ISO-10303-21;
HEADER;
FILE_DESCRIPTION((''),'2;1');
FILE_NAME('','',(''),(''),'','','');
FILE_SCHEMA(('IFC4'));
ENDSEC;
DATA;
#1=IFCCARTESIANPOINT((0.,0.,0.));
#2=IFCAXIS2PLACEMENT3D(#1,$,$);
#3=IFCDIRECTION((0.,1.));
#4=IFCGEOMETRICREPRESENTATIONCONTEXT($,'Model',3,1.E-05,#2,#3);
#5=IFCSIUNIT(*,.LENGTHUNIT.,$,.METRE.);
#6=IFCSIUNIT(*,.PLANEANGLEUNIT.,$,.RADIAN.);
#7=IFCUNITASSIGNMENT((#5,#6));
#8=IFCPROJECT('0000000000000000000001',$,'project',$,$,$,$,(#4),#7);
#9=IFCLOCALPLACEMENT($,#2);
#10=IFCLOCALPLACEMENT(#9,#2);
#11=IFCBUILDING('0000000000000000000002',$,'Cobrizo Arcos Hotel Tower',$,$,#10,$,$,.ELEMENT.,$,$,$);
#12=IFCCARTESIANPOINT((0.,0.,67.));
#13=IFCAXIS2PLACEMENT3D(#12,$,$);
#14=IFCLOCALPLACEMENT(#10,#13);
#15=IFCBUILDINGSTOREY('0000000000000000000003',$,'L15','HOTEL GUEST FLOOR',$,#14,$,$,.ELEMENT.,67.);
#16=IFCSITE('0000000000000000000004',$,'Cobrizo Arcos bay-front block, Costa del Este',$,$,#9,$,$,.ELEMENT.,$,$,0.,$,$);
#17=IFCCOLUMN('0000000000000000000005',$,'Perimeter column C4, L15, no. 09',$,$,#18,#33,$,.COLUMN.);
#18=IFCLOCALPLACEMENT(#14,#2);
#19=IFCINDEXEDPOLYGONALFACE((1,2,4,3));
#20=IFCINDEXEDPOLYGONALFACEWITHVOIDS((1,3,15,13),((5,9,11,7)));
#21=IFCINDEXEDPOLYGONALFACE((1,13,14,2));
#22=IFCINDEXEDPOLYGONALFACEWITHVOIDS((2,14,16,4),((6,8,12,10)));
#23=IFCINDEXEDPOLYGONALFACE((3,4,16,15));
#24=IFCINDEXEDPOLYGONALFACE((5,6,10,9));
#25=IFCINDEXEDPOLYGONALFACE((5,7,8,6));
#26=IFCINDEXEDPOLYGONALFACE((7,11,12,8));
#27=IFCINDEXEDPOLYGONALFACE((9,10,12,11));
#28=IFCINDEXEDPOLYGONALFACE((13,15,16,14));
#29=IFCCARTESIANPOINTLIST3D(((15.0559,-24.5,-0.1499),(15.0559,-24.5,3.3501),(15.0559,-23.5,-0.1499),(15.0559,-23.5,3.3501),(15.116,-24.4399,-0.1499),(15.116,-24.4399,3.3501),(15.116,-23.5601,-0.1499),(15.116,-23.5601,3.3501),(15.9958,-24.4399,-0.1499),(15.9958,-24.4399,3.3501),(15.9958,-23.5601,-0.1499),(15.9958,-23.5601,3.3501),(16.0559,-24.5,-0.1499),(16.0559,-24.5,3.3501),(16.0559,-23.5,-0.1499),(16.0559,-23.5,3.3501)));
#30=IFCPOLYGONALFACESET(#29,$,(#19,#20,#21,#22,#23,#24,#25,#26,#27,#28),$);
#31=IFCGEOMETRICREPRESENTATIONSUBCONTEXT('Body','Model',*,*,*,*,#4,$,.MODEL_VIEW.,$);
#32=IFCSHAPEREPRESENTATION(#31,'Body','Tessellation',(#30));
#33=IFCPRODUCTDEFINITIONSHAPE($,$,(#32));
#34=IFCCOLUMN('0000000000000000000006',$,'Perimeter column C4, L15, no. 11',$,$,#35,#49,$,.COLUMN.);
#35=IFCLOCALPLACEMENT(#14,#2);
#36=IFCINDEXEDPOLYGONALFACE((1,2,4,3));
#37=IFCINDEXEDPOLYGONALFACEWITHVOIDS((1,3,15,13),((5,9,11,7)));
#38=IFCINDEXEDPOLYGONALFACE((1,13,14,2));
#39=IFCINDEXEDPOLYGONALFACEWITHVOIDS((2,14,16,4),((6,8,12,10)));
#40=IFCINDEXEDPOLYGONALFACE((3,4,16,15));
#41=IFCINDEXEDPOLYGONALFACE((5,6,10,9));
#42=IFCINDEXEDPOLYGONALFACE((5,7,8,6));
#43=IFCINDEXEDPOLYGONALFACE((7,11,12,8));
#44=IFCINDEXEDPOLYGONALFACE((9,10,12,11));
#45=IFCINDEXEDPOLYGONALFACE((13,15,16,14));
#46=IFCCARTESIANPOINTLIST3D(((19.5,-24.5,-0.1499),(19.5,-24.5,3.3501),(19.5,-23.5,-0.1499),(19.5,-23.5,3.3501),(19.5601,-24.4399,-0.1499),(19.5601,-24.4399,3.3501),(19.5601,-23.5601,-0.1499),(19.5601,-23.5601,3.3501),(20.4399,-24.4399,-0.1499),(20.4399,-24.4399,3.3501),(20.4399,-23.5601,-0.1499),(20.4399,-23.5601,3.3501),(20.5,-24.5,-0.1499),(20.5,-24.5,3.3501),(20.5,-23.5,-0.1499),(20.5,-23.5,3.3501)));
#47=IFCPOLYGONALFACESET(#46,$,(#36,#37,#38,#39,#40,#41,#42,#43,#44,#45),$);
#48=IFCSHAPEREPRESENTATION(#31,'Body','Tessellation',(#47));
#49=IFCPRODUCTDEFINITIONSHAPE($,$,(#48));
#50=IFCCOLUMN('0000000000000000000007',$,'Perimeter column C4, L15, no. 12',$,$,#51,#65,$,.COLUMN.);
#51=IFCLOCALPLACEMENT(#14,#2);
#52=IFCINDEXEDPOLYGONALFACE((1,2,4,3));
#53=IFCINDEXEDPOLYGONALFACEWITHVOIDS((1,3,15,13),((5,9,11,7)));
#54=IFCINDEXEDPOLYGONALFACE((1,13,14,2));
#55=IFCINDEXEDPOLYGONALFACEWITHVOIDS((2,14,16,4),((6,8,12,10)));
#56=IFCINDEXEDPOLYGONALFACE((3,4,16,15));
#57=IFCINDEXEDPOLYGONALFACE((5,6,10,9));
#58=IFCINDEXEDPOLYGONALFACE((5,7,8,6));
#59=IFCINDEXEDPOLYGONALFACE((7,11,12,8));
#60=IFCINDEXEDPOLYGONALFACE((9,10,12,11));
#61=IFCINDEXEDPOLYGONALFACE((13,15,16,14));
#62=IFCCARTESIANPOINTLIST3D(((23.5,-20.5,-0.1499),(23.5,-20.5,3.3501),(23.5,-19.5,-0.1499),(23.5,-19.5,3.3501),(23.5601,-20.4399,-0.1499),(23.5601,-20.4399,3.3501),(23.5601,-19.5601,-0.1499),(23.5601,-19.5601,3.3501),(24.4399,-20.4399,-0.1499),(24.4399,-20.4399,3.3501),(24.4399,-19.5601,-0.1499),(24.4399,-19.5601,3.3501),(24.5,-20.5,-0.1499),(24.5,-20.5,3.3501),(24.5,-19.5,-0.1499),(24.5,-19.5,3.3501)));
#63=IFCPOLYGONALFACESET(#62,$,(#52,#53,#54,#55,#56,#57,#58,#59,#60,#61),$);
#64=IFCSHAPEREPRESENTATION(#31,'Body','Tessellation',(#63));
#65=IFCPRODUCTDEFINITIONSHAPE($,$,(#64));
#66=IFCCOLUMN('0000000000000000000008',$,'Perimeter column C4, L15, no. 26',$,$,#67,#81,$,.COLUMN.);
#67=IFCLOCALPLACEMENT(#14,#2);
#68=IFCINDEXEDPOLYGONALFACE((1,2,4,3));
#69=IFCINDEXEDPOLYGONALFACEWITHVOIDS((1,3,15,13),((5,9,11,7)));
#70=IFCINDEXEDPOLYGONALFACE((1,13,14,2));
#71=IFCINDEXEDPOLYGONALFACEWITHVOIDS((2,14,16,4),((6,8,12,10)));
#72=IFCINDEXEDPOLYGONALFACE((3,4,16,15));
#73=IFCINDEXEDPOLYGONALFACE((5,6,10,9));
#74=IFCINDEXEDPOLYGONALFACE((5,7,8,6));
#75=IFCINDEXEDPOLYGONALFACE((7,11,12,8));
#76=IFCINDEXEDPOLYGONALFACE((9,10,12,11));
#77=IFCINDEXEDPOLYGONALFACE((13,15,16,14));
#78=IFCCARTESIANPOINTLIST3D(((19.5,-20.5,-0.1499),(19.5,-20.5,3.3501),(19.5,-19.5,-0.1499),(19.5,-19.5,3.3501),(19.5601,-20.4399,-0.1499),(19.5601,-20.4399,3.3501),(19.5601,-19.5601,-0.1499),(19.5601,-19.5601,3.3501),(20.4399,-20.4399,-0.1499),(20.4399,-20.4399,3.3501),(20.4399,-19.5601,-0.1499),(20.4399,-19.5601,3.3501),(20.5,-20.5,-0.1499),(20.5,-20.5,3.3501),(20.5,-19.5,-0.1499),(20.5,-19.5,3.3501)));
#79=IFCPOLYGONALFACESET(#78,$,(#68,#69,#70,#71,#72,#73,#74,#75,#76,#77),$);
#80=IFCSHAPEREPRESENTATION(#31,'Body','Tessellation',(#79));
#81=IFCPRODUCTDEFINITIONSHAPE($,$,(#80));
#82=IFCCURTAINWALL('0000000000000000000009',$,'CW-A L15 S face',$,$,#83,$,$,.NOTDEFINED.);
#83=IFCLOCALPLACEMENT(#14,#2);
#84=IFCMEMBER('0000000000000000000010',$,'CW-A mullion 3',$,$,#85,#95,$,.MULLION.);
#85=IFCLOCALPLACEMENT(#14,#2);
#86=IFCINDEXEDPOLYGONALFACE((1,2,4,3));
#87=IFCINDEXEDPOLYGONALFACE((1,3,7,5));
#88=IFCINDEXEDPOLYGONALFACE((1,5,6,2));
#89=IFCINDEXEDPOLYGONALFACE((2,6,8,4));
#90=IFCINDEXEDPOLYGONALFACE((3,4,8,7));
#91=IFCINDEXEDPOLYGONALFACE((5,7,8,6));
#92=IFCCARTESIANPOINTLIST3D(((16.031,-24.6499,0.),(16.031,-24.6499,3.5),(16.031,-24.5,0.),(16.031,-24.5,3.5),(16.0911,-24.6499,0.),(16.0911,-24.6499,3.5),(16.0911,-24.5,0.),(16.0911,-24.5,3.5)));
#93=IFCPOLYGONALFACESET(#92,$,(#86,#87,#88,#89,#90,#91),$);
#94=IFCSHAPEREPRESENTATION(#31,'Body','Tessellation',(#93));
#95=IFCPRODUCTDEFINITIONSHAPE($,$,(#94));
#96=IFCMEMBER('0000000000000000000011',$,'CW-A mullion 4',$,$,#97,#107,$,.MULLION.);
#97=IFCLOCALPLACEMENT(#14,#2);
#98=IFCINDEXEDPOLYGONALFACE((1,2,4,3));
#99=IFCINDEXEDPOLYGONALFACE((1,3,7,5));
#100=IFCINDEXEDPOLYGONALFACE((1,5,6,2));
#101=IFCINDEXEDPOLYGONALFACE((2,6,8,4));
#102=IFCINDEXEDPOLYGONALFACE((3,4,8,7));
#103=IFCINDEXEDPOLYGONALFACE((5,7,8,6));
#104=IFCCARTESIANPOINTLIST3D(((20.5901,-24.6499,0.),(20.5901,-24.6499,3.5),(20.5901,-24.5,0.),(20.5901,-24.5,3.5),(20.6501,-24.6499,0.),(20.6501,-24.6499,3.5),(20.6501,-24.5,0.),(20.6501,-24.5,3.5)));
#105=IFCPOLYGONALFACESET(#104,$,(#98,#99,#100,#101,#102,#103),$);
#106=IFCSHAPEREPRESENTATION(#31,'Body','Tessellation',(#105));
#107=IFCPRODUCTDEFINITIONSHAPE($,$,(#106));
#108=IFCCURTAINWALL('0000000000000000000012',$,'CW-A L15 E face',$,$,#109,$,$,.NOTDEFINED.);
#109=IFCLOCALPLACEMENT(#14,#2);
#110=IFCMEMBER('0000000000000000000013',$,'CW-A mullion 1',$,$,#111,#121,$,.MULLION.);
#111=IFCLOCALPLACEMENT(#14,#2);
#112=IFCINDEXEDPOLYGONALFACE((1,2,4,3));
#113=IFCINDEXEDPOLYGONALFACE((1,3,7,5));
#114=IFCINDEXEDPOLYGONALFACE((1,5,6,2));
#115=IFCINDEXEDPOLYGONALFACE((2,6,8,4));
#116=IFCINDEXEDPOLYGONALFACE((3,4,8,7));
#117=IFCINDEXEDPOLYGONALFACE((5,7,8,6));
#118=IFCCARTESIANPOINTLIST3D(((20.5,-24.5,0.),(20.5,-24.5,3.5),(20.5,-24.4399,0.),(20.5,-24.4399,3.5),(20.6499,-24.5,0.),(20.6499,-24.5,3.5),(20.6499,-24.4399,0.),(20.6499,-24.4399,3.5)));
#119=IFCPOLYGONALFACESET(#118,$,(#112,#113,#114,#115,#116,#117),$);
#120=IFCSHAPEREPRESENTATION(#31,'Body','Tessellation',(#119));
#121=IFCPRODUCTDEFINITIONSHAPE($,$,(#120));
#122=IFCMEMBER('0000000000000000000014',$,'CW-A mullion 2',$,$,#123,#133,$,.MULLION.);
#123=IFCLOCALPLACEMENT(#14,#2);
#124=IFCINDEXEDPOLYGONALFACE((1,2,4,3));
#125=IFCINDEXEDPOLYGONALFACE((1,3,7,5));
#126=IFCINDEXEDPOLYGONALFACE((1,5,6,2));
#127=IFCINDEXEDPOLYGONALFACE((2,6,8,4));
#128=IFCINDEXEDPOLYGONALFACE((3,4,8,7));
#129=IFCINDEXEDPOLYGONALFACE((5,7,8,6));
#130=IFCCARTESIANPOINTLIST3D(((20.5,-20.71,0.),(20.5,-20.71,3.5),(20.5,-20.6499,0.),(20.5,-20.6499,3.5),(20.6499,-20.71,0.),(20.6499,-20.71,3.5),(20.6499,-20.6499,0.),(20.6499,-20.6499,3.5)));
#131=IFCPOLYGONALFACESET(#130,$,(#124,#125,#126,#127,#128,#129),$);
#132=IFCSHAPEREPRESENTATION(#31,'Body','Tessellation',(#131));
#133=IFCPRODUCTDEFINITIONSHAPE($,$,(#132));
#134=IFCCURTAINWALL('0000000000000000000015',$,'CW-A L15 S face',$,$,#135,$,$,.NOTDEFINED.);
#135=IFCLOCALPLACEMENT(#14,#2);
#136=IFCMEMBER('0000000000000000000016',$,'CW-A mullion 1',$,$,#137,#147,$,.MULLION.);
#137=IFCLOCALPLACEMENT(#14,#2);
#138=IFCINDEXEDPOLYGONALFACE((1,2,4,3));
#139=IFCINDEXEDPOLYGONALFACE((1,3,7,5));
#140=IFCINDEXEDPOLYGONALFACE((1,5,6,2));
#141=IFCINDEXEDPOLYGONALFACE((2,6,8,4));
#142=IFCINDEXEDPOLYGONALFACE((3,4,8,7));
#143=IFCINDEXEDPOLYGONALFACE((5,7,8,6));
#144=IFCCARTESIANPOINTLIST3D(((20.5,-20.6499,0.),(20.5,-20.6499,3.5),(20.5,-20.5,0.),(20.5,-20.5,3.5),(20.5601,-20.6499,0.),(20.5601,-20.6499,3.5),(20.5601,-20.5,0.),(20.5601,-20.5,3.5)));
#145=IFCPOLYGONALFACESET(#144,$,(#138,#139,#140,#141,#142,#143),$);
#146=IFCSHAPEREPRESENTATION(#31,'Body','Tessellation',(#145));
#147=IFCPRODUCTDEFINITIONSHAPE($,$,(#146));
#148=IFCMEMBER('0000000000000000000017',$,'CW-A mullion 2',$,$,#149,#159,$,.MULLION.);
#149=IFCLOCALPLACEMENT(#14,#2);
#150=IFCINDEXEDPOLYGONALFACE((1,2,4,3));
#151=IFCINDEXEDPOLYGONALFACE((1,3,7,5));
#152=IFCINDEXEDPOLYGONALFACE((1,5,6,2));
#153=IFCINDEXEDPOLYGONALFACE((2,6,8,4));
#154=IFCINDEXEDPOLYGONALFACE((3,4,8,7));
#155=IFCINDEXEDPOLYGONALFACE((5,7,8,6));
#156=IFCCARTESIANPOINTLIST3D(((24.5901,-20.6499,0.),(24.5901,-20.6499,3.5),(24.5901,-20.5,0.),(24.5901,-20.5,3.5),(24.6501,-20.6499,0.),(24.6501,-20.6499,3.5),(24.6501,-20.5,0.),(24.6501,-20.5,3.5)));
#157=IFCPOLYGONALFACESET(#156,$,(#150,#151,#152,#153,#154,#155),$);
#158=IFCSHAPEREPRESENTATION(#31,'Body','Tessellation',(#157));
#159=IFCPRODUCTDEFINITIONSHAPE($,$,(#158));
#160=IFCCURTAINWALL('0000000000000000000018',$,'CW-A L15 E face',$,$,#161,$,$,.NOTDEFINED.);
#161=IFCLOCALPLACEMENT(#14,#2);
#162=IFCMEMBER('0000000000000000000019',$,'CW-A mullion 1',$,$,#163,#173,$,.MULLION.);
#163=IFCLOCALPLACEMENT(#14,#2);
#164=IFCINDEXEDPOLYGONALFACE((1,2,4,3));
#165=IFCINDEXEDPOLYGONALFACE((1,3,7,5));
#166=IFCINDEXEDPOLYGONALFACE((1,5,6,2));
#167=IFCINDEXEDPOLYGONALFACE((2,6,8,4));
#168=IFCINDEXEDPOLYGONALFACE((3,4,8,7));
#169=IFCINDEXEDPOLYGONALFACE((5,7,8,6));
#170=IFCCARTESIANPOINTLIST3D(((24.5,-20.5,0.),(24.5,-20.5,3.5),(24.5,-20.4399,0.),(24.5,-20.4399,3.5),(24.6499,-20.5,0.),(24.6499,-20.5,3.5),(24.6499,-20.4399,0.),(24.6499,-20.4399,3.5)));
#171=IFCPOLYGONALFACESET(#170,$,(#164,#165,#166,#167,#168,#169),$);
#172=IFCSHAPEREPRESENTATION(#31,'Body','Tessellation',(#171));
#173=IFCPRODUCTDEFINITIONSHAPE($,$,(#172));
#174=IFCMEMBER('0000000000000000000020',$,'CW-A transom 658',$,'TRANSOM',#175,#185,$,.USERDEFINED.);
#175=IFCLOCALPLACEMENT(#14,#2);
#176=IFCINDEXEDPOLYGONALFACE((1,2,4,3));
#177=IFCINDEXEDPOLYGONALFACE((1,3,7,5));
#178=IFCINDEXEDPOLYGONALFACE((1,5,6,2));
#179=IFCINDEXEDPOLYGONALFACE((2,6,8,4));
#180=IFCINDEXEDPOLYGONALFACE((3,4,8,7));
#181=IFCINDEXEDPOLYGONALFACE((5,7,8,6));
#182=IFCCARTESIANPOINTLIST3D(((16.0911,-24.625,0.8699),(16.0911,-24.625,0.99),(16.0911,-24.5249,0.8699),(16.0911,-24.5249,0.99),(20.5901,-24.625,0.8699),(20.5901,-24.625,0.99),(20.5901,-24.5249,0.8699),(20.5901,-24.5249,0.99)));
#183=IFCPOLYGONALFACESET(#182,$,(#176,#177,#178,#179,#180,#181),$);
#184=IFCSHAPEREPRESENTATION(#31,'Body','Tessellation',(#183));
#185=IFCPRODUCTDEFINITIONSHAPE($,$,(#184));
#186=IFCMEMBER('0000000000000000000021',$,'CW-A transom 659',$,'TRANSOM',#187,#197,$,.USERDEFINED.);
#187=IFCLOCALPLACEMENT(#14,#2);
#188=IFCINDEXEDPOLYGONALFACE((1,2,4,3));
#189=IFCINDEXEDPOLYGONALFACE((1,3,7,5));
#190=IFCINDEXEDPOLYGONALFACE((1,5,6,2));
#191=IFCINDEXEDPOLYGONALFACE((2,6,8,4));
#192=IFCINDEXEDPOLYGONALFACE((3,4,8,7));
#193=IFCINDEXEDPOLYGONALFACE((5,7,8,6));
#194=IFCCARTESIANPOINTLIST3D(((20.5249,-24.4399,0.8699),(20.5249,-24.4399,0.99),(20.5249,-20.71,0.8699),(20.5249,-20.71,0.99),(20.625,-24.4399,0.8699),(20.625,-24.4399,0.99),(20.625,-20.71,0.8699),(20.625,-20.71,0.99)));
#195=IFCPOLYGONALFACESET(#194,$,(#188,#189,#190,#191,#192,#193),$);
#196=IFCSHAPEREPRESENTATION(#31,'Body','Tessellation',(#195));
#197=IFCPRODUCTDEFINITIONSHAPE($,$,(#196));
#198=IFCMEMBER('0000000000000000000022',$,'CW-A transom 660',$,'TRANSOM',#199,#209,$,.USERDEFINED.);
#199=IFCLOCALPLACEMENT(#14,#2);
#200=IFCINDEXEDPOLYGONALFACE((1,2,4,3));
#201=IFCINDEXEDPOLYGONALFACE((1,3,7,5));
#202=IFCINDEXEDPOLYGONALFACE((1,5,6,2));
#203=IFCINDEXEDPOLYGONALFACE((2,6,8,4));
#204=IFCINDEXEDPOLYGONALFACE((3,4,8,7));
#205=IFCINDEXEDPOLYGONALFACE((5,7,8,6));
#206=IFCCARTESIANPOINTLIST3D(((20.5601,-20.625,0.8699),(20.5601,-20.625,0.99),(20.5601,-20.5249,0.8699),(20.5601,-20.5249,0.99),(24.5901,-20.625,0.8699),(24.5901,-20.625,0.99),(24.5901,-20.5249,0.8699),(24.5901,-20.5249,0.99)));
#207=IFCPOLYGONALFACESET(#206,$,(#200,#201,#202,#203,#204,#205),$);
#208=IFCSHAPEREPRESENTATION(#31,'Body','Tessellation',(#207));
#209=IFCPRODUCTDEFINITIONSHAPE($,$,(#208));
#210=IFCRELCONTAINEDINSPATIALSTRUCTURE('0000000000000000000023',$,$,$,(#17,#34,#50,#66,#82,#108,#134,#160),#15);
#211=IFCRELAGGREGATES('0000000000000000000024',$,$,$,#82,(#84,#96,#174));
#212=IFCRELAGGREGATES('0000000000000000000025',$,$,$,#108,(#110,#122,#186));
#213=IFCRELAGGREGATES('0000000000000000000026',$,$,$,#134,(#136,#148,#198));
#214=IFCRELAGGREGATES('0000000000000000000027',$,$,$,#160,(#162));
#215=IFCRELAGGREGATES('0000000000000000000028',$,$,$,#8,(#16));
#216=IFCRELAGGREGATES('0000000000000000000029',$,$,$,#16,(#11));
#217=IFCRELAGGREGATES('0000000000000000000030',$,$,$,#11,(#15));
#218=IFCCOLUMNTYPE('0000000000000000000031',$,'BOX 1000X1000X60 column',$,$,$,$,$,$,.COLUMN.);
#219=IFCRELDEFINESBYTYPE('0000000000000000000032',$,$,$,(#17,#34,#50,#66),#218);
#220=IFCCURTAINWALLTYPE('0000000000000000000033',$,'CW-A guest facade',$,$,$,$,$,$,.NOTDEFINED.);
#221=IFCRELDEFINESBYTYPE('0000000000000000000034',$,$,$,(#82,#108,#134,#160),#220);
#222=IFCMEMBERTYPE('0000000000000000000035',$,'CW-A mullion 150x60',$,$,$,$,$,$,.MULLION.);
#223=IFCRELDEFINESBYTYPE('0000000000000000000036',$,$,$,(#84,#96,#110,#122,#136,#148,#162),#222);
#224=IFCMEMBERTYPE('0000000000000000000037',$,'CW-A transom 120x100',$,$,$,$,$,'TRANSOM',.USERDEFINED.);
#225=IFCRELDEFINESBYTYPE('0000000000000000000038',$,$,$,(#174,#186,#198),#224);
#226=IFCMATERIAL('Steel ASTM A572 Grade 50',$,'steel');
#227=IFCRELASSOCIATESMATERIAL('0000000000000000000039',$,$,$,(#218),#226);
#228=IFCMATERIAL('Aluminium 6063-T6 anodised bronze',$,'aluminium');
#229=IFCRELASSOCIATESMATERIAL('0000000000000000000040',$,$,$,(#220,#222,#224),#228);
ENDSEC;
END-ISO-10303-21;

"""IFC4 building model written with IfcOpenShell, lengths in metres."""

from ifc_helpers import new_model, si_unit, direction, frame, origin, origin_2d, place, context, subcontext, project, spatial, rectangle, hollow_rectangle, extrude, material, material_profile, profile_set, type_object, element, aggregate, save


model = new_model("IFC4")

# Units and contexts
model_context = context("Model", 3, precision=1e-05, world=origin(), true_north=direction((0.0, 1.0)))
body_context = subcontext(model_context, "Body", "Model", "MODEL_VIEW")
ifc_project = project(units=[si_unit("LENGTHUNIT", "METRE"), si_unit("PLANEANGLEUNIT", "RADIAN")], contexts=[model_context])

# Site, building, storey
site_placement = place(None, origin())
site = spatial("IfcSite", under=ifc_project, at=site_placement, Name="Cobrizo Arcos bay-front block, Costa del Este", CompositionType="ELEMENT", RefElevation=0.0)
building_placement = place(site_placement, origin())
building = spatial("IfcBuilding", under=site, at=building_placement, Name="Cobrizo Arcos Hotel Tower", CompositionType="ELEMENT")
storey_placement = place(building_placement, frame((0.0, 0.0, 67.0)))
storey = spatial("IfcBuildingStorey", under=building, at=storey_placement, Name="L15", Description="HOTEL GUEST FLOOR", CompositionType="ELEMENT", Elevation=67.0)

# Columns
ifc_material_1 = material(Name="Steel ASTM A572 Grade 50", Category="steel")
ifc_material_profile_1 = material_profile(ifc_material_1, hollow_rectangle(XDim=1.0, YDim=1.0, WallThickness=0.0601, at=origin_2d()), Name="BOX 1000X1000X60")
ifc_profile_set_1 = profile_set([ifc_material_profile_1], Name="Steel ASTM A572 Grade 50")
column_type = type_object("IfcColumnType", Name="BOX 1000X1000X60 column", PredefinedType="COLUMN", material=ifc_profile_set_1)
for number, where, z_axis, x_axis, name in (
    (1, (15.5559, -24.0, -0.1499), (0.0, 0.0, 1.0), (1.0, 0.0, 0.0), "Perimeter column C4, L15, no. 09"),
    (2, (20.0, -24.0, -0.1499), (0.0, 0.0, 1.0), (1.0, 0.0, 0.0), "Perimeter column C4, L15, no. 11"),
    (3, (24.0, -20.0, -0.1499), (0.0, 0.0, 1.0), (1.0, 0.0, 0.0), "Perimeter column C4, L15, no. 12"),
    (4, (20.0, -20.0, -0.1499), (0.0, 0.0, 1.0), (1.0, 0.0, 0.0), "Perimeter column C4, L15, no. 26"),
):
    element("IfcColumn", number, at=place(storey_placement, frame(where, z_axis=z_axis, x_axis=x_axis)), inside=storey, type_object=column_type, Name=name, PredefinedType="COLUMN", context=body_context, shape_type="SweptSolid", body=[
        extrude(hollow_rectangle(XDim=1.0, YDim=1.0, WallThickness=0.0601, at=origin_2d()), origin(), (0.0, 0.0, 1.0), 3.5),
    ])

# Curtain walls, members
ifc_material_2 = material(Name="Aluminium 6063-T6 anodised bronze", Category="aluminium")
curtain_wall_type = type_object("IfcCurtainWallType", Name="CW-A guest facade", PredefinedType="NOTDEFINED", material=ifc_material_2)
curtain_wall_1_placement = place(storey_placement, origin())
curtain_wall_1 = element("IfcCurtainWall", 5, at=curtain_wall_1_placement, inside=storey, type_object=curtain_wall_type, Name="CW-A L15 S face", PredefinedType="NOTDEFINED")
ifc_material_profile_2 = material_profile(ifc_material_2, rectangle(XDim=0.1499, YDim=0.0601, at=origin_2d()), Name="CW-A mullion 150x60")
ifc_profile_set_2 = profile_set([ifc_material_profile_2], Name="Aluminium 6063-T6 anodised bronze")
member_type_1 = type_object("IfcMemberType", Name="CW-A mullion 150x60", PredefinedType="MULLION", material=ifc_profile_set_2)
member_1_placement = place(storey_placement, frame((16.061, -24.575, 0.0), z_axis=(0.0, 0.0, 1.0), x_axis=(0.0, -1.0, 0.0)))
member_1 = element("IfcMember", 6, at=member_1_placement, type_object=member_type_1, Name="CW-A mullion 3", PredefinedType="MULLION", context=body_context, shape_type="SweptSolid", body=[
    extrude(rectangle(XDim=0.1499, YDim=0.0601, at=origin_2d()), origin(), (0.0, 0.0, 1.0), 3.5),
])
member_2_placement = place(storey_placement, frame((20.6201, -24.575, 0.0), z_axis=(0.0, 0.0, 1.0), x_axis=(0.0, -1.0, 0.0)))
member_2 = element("IfcMember", 7, at=member_2_placement, type_object=member_type_1, Name="CW-A mullion 4", PredefinedType="MULLION", context=body_context, shape_type="SweptSolid", body=[
    extrude(rectangle(XDim=0.1499, YDim=0.0601, at=origin_2d()), origin(), (0.0, 0.0, 1.0), 3.5),
])
curtain_wall_2_placement = place(storey_placement, origin())
curtain_wall_2 = element("IfcCurtainWall", 8, at=curtain_wall_2_placement, inside=storey, type_object=curtain_wall_type, Name="CW-A L15 E face", PredefinedType="NOTDEFINED")
member_3_placement = place(storey_placement, frame((20.575, -24.47, 0.0), z_axis=(0.0, 0.0, 1.0), x_axis=(1.0, 0.0, 0.0)))
member_3 = element("IfcMember", 9, at=member_3_placement, type_object=member_type_1, Name="CW-A mullion 1", PredefinedType="MULLION", context=body_context, shape_type="SweptSolid", body=[
    extrude(rectangle(XDim=0.1499, YDim=0.0601, at=origin_2d()), origin(), (0.0, 0.0, 1.0), 3.5),
])
member_4_placement = place(storey_placement, frame((20.575, -20.6799, 0.0), z_axis=(0.0, 0.0, 1.0), x_axis=(1.0, 0.0, 0.0)))
member_4 = element("IfcMember", 10, at=member_4_placement, type_object=member_type_1, Name="CW-A mullion 2", PredefinedType="MULLION", context=body_context, shape_type="SweptSolid", body=[
    extrude(rectangle(XDim=0.1499, YDim=0.0601, at=origin_2d()), origin(), (0.0, 0.0, 1.0), 3.5),
])
curtain_wall_3_placement = place(storey_placement, origin())
curtain_wall_3 = element("IfcCurtainWall", 11, at=curtain_wall_3_placement, inside=storey, type_object=curtain_wall_type, Name="CW-A L15 S face", PredefinedType="NOTDEFINED")
member_5_placement = place(storey_placement, frame((20.53, -20.575, 0.0), z_axis=(0.0, 0.0, 1.0), x_axis=(0.0, -1.0, 0.0)))
member_5 = element("IfcMember", 12, at=member_5_placement, type_object=member_type_1, Name="CW-A mullion 1", PredefinedType="MULLION", context=body_context, shape_type="SweptSolid", body=[
    extrude(rectangle(XDim=0.1499, YDim=0.0601, at=origin_2d()), origin(), (0.0, 0.0, 1.0), 3.5),
])
member_6_placement = place(storey_placement, frame((24.6201, -20.575, 0.0), z_axis=(0.0, 0.0, 1.0), x_axis=(0.0, -1.0, 0.0)))
member_6 = element("IfcMember", 13, at=member_6_placement, type_object=member_type_1, Name="CW-A mullion 2", PredefinedType="MULLION", context=body_context, shape_type="SweptSolid", body=[
    extrude(rectangle(XDim=0.1499, YDim=0.0601, at=origin_2d()), origin(), (0.0, 0.0, 1.0), 3.5),
])

# Curtain wall, member
curtain_wall_4_placement = place(storey_placement, origin())
curtain_wall_4 = element("IfcCurtainWall", 14, at=curtain_wall_4_placement, inside=storey, type_object=curtain_wall_type, Name="CW-A L15 E face", PredefinedType="NOTDEFINED")
member_7_placement = place(storey_placement, frame((24.575, -20.47, 0.0), z_axis=(0.0, 0.0, 1.0), x_axis=(1.0, 0.0, 0.0)))
member_7 = element("IfcMember", 15, at=member_7_placement, type_object=member_type_1, Name="CW-A mullion 1", PredefinedType="MULLION", context=body_context, shape_type="SweptSolid", body=[
    extrude(rectangle(XDim=0.1499, YDim=0.0601, at=origin_2d()), origin(), (0.0, 0.0, 1.0), 3.5),
])

# Members
ifc_material_profile_3 = material_profile(ifc_material_2, rectangle(XDim=0.1001, YDim=0.1201, at=origin_2d()), Name="CW-A transom 120x100")
ifc_profile_set_3 = profile_set([ifc_material_profile_3], Name="Aluminium 6063-T6 anodised bronze")
member_type_2 = type_object("IfcMemberType", Name="CW-A transom 120x100", ElementType="TRANSOM", PredefinedType="USERDEFINED", material=ifc_profile_set_3)
member_8_placement = place(storey_placement, frame((16.0911, -24.575, 0.9299), z_axis=(1.0, 0.0, 0.0), x_axis=(0.0, 1.0, 0.0)))
member_8 = element("IfcMember", 16, at=member_8_placement, type_object=member_type_2, Name="CW-A transom 658", ObjectType="TRANSOM", PredefinedType="USERDEFINED", context=body_context, shape_type="SweptSolid", body=[
    extrude(rectangle(XDim=0.1001, YDim=0.1201, at=origin_2d()), origin(), (0.0, 0.0, 1.0), 4.499),
])
member_9_placement = place(storey_placement, frame((20.575, -24.4399, 0.9299), z_axis=(0.0, 1.0, 0.0), x_axis=(-1.0, 0.0, 0.0)))
member_9 = element("IfcMember", 17, at=member_9_placement, type_object=member_type_2, Name="CW-A transom 659", ObjectType="TRANSOM", PredefinedType="USERDEFINED", context=body_context, shape_type="SweptSolid", body=[
    extrude(rectangle(XDim=0.1001, YDim=0.1201, at=origin_2d()), origin(), (0.0, 0.0, 1.0), 3.73),
])
member_10_placement = place(storey_placement, frame((20.5601, -20.575, 0.9299), z_axis=(1.0, 0.0, 0.0), x_axis=(0.0, 1.0, 0.0)))
member_10 = element("IfcMember", 18, at=member_10_placement, type_object=member_type_2, Name="CW-A transom 660", ObjectType="TRANSOM", PredefinedType="USERDEFINED", context=body_context, shape_type="SweptSolid", body=[
    extrude(rectangle(XDim=0.1001, YDim=0.1201, at=origin_2d()), origin(), (0.0, 0.0, 1.0), 4.03),
])

aggregate(curtain_wall_1, [member_1, member_2, member_8])
aggregate(curtain_wall_2, [member_3, member_4, member_9])
aggregate(curtain_wall_3, [member_5, member_6, member_10])
aggregate(curtain_wall_4, [member_7])

save(model, "model.ifc")
